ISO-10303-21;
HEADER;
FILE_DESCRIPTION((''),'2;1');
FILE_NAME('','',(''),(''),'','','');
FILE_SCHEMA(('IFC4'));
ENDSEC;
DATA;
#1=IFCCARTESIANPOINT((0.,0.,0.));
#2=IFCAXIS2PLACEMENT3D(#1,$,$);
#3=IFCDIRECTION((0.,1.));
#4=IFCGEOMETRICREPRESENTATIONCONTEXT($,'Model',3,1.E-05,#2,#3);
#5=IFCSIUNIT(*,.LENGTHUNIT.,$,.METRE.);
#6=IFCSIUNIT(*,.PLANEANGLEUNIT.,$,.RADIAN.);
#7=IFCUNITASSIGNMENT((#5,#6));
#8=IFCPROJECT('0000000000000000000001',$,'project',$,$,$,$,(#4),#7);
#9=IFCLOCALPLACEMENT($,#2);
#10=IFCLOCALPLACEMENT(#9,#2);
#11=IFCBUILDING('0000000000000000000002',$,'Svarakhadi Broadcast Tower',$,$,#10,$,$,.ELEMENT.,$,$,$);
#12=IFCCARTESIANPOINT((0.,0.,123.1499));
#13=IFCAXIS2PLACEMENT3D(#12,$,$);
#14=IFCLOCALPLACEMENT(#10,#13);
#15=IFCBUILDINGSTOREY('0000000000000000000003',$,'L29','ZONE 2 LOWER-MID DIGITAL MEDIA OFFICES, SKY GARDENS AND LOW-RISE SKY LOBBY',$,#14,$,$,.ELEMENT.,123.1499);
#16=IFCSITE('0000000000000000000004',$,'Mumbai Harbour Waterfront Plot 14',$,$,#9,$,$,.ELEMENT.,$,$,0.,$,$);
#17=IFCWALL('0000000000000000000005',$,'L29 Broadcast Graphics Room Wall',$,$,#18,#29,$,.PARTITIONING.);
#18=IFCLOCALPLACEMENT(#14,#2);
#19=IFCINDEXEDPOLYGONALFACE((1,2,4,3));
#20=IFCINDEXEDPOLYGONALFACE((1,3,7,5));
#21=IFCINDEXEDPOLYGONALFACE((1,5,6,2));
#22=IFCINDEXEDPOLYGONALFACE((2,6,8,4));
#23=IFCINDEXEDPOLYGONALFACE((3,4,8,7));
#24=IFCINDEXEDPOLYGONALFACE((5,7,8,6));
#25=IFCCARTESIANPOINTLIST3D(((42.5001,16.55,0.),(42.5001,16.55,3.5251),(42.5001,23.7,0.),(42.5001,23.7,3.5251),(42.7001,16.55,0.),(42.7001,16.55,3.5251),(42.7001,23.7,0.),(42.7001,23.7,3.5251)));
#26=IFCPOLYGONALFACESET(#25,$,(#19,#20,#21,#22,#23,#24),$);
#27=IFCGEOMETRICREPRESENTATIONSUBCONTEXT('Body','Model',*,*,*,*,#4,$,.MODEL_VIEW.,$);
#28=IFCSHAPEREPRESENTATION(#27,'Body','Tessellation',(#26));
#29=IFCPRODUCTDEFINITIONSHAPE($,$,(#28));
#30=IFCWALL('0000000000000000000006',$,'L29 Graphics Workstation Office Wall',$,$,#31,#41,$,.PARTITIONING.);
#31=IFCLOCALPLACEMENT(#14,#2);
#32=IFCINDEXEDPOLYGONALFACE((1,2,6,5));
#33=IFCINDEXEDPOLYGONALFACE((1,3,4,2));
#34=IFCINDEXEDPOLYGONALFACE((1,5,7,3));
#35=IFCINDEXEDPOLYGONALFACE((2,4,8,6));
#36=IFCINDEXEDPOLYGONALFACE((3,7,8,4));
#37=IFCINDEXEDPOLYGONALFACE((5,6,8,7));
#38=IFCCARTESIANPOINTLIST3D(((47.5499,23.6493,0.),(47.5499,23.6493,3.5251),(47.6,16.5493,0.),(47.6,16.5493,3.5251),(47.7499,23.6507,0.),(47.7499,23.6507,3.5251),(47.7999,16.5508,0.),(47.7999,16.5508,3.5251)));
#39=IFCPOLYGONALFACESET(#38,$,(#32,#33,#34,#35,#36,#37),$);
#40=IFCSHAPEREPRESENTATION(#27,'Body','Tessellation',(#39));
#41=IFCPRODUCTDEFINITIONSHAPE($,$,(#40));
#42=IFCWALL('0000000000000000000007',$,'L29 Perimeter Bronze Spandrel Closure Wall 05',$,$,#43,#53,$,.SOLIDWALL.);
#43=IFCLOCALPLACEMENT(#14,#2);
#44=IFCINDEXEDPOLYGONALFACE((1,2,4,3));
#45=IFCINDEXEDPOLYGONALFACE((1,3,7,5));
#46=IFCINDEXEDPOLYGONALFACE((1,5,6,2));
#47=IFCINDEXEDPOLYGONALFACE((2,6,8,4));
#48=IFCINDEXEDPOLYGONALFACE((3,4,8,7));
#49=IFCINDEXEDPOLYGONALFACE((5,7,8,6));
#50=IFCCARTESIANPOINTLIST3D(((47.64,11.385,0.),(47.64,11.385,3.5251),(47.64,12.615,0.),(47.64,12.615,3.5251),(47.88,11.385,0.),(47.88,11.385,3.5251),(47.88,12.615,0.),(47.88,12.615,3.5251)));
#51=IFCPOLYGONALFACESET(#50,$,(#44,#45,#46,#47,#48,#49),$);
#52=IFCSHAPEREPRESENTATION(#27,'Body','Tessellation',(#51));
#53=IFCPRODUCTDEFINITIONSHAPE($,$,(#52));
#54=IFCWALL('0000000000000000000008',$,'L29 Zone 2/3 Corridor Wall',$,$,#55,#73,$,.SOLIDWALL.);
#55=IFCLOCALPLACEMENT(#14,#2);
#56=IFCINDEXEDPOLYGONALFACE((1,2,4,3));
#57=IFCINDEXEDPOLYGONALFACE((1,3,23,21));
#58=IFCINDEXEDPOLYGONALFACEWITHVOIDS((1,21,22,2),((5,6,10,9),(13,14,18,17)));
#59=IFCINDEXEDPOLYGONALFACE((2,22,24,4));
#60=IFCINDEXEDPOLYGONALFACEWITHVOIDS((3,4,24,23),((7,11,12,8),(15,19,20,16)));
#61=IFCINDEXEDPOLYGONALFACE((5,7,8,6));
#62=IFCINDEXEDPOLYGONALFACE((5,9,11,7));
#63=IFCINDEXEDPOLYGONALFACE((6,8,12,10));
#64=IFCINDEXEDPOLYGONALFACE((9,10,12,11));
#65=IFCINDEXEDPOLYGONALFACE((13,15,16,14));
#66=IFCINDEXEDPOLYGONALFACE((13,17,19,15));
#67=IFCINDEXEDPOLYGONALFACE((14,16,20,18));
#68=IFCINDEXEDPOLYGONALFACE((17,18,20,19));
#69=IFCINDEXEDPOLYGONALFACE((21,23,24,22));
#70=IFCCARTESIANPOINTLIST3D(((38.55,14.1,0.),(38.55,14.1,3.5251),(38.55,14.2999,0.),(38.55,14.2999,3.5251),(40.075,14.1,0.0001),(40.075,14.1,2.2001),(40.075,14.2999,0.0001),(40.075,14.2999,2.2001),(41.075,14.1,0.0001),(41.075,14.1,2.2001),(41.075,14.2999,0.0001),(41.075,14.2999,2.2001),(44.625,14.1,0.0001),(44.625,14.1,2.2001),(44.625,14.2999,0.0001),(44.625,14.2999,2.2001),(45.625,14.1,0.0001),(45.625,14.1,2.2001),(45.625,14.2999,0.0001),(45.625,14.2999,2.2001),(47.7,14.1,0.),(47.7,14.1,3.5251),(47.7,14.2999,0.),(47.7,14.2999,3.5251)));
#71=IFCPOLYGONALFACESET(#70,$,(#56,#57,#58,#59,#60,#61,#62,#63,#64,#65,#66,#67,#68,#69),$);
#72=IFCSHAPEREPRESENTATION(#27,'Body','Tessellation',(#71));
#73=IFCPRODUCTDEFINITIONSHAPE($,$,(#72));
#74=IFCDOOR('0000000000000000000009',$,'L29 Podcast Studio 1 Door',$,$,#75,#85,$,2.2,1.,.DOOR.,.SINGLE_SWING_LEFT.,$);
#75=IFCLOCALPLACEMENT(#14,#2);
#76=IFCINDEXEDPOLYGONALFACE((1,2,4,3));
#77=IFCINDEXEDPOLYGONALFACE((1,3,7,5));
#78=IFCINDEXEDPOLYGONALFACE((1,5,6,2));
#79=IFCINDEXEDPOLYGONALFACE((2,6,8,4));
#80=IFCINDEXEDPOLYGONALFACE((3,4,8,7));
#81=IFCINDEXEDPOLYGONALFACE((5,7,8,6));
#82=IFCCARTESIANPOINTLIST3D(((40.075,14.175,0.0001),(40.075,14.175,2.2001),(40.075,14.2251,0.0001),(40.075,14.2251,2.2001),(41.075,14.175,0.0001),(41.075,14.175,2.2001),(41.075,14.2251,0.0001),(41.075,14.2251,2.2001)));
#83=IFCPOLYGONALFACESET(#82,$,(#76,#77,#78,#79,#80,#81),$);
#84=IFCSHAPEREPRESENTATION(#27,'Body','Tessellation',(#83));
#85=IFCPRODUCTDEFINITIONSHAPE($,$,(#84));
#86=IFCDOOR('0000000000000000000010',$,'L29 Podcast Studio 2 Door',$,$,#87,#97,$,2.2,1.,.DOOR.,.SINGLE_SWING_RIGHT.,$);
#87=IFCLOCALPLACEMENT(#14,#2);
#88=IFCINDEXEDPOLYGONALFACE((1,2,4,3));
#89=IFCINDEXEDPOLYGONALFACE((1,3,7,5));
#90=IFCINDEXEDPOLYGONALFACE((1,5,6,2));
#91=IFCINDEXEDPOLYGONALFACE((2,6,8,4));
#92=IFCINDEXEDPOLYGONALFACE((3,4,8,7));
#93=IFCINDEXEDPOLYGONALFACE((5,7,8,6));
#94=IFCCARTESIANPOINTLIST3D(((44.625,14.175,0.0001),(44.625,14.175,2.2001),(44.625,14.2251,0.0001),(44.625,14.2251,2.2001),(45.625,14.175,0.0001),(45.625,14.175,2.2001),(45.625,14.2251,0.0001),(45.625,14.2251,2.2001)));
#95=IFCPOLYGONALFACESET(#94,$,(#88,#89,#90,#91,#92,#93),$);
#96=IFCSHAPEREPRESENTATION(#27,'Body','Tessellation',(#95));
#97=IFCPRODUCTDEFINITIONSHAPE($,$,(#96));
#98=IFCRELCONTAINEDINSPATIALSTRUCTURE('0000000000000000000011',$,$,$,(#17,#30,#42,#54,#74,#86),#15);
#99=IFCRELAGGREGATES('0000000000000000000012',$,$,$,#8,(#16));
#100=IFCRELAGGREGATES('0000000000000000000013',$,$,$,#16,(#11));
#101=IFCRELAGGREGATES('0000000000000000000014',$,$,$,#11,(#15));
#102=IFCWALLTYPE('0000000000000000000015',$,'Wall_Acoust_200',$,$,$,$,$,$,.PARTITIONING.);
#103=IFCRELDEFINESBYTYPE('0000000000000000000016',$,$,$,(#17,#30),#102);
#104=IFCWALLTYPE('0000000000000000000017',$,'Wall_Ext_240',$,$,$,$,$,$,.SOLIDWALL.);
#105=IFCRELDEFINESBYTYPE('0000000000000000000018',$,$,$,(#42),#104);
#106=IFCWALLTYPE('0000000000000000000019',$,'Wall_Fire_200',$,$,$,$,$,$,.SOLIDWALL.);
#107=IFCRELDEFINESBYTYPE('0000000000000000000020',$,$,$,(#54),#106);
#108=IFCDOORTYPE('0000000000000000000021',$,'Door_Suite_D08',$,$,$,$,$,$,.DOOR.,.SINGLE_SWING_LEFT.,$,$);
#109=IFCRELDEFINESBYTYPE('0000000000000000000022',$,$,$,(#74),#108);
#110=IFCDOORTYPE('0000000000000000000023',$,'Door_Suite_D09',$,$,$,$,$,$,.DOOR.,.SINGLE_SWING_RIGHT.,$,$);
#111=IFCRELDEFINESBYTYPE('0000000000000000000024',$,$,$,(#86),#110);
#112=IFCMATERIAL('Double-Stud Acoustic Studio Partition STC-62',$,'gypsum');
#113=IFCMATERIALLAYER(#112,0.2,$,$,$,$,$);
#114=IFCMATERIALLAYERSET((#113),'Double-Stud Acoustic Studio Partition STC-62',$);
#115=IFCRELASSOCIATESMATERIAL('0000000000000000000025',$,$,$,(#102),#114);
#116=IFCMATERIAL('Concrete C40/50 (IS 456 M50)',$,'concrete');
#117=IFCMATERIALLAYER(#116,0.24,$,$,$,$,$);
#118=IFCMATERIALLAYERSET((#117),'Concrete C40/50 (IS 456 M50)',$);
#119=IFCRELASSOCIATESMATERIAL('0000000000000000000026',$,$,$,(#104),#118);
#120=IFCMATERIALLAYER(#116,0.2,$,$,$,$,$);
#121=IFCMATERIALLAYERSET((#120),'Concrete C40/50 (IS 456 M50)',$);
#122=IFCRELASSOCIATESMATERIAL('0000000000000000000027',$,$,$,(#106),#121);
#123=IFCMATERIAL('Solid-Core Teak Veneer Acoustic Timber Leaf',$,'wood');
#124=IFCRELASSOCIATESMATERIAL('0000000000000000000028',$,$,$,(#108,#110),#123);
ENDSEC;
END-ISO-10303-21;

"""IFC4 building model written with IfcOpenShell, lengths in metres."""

from ifc_helpers import new_model, si_unit, direction, frame, frame_2d, origin, place, context, subcontext, project, spatial, rectangle, extrude, material, layer, layer_set, type_object, element, fill, save


model = new_model("IFC4")

# Units and contexts
model_context = context("Model", 3, precision=1e-05, world=origin(), true_north=direction((0.0, 1.0)))
body_context = subcontext(model_context, "Body", "Model", "MODEL_VIEW")
ifc_project = project(units=[si_unit("LENGTHUNIT", "METRE"), si_unit("PLANEANGLEUNIT", "RADIAN")], contexts=[model_context])

# Site, building, storey
site_placement = place(None, origin())
site = spatial("IfcSite", under=ifc_project, at=site_placement, Name="Mumbai Harbour Waterfront Plot 14", CompositionType="ELEMENT", RefElevation=0.0)
building_placement = place(site_placement, origin())
building = spatial("IfcBuilding", under=site, at=building_placement, Name="Svarakhadi Broadcast Tower", CompositionType="ELEMENT")
storey_placement = place(building_placement, frame((0.0, 0.0, 123.1499)))
storey = spatial("IfcBuildingStorey", under=building, at=storey_placement, Name="L29", Description="ZONE 2 LOWER-MID DIGITAL MEDIA OFFICES, SKY GARDENS AND LOW-RISE SKY LOBBY", CompositionType="ELEMENT", Elevation=123.1499)

# Walls
ifc_material_1 = material(Name="Double-Stud Acoustic Studio Partition STC-62", Category="gypsum")
ifc_layer_1 = layer(ifc_material_1, 0.2)
ifc_layer_set_1 = layer_set([ifc_layer_1], Name="Double-Stud Acoustic Studio Partition STC-62")
wall_type_1 = type_object("IfcWallType", Name="Wall_Acoust_200", PredefinedType="PARTITIONING", material=ifc_layer_set_1)
wall_1_placement = place(storey_placement, frame((42.6001, 16.55, 0.0), z_axis=(0.0, 0.0, 1.0), x_axis=(0.0, 1.0, 0.0)))
element("IfcWall", 1, at=wall_1_placement, inside=storey, type_object=wall_type_1, Name="L29 Broadcast Graphics Room Wall", PredefinedType="PARTITIONING", context=body_context, shape_type="SweptSolid", body=[
    extrude(rectangle(XDim=7.1499, YDim=0.2, at=frame_2d((3.575, 0.0))), origin(), (0.0, 0.0, 1.0), 3.5251),
])
wall_2_placement = place(storey_placement, frame((47.7, 16.55, 0.0), z_axis=(0.0, 0.0, 1.0), x_axis=(-0.007049, 0.999975, 0.0)))
element("IfcWall", 2, at=wall_2_placement, inside=storey, type_object=wall_type_1, Name="L29 Graphics Workstation Office Wall", PredefinedType="PARTITIONING", context=body_context, shape_type="SweptSolid", body=[
    extrude(rectangle(XDim=7.1001, YDim=0.2, at=frame_2d((3.55, 0.0))), origin(), (0.0, 0.0, 1.0), 3.5251),
])
ifc_material_2 = material(Name="Concrete C40/50 (IS 456 M50)", Category="concrete")
ifc_layer_2 = layer(ifc_material_2, 0.24)
ifc_layer_set_2 = layer_set([ifc_layer_2], Name="Concrete C40/50 (IS 456 M50)")
wall_type_2 = type_object("IfcWallType", Name="Wall_Ext_240", PredefinedType="SOLIDWALL", material=ifc_layer_set_2)
wall_3_placement = place(storey_placement, frame((47.76, 12.615, 0.0), z_axis=(0.0, 0.0, 1.0), x_axis=(0.0, -1.0, 0.0)))
element("IfcWall", 3, at=wall_3_placement, inside=storey, type_object=wall_type_2, Name="L29 Perimeter Bronze Spandrel Closure Wall 05", PredefinedType="SOLIDWALL", context=body_context, shape_type="SweptSolid", body=[
    extrude(rectangle(XDim=1.23, YDim=0.24, at=frame_2d((0.615, 0.0))), origin(), (0.0, 0.0, 1.0), 3.5251),
])

# Wall, openings, doors
ifc_layer_3 = layer(ifc_material_2, 0.2)
ifc_layer_set_3 = layer_set([ifc_layer_3], Name="Concrete C40/50 (IS 456 M50)")
wall_type_3 = type_object("IfcWallType", Name="Wall_Fire_200", PredefinedType="SOLIDWALL", material=ifc_layer_set_3)
wall_4_placement = place(storey_placement, frame((47.7, 14.2, 0.0), z_axis=(0.0, 0.0, 1.0), x_axis=(-1.0, 0.0, 0.0)))
wall_4 = element("IfcWall", 4, at=wall_4_placement, inside=storey, type_object=wall_type_3, Name="L29 Zone 2/3 Corridor Wall", PredefinedType="SOLIDWALL", context=body_context, shape_type="SweptSolid", body=[
    extrude(rectangle(XDim=9.1499, YDim=0.2, at=frame_2d((4.575, 0.0))), origin(), (0.0, 0.0, 1.0), 3.5251),
])
opening_1_placement = place(wall_4_placement, frame((6.625, 0.0, 0.0)))
opening_1 = element("IfcOpeningElement", 5, at=opening_1_placement, cuts=wall_4, PredefinedType="OPENING", context=body_context, shape_type="SweptSolid", body=[
    extrude(rectangle(XDim=1.0, YDim=2.2, at=frame_2d((0.5, 1.1001))), frame((0.0, 0.1099, 0.0), z_axis=(0.0, -1.0, 0.0), x_axis=(1.0, 0.0, 0.0)), (0.0, 0.0, 1.0), 0.22),
])
opening_2_placement = place(wall_4_placement, frame((2.075, 0.0, 0.0)))
opening_2 = element("IfcOpeningElement", 6, at=opening_2_placement, cuts=wall_4, PredefinedType="OPENING", context=body_context, shape_type="SweptSolid", body=[
    extrude(rectangle(XDim=1.0, YDim=2.2, at=frame_2d((0.5, 1.1001))), frame((0.0, 0.1099, 0.0), z_axis=(0.0, -1.0, 0.0), x_axis=(1.0, 0.0, 0.0)), (0.0, 0.0, 1.0), 0.22),
])
ifc_material_3 = material(Name="Solid-Core Teak Veneer Acoustic Timber Leaf", Category="wood")
door_type_1 = type_object("IfcDoorType", Name="Door_Suite_D08", OperationType="SINGLE_SWING_LEFT", PredefinedType="DOOR", material=ifc_material_3)
door_1_placement = place(opening_1_placement, origin())
door_1 = element("IfcDoor", 7, at=door_1_placement, inside=storey, type_object=door_type_1, Name="L29 Podcast Studio 1 Door", OperationType="SINGLE_SWING_LEFT", OverallHeight=2.2, OverallWidth=1.0, PredefinedType="DOOR", context=body_context, shape_type="SweptSolid", body=[
    extrude(rectangle(XDim=1.0, YDim=2.2, at=frame_2d((0.5, 1.1001))), frame((0.0, 0.0249, 0.0), z_axis=(0.0, -1.0, 0.0), x_axis=(1.0, 0.0, 0.0)), (0.0, 0.0, 1.0), 0.05),
])
fill(opening_1, door_1)
door_type_2 = type_object("IfcDoorType", Name="Door_Suite_D09", OperationType="SINGLE_SWING_RIGHT", PredefinedType="DOOR", material=ifc_material_3)
door_2_placement = place(opening_2_placement, origin())
door_2 = element("IfcDoor", 8, at=door_2_placement, inside=storey, type_object=door_type_2, Name="L29 Podcast Studio 2 Door", OperationType="SINGLE_SWING_RIGHT", OverallHeight=2.2, OverallWidth=1.0, PredefinedType="DOOR", context=body_context, shape_type="SweptSolid", body=[
    extrude(rectangle(XDim=1.0, YDim=2.2, at=frame_2d((0.5, 1.1001))), frame((0.0, 0.0249, 0.0), z_axis=(0.0, -1.0, 0.0), x_axis=(1.0, 0.0, 0.0)), (0.0, 0.0, 1.0), 0.05),
])
fill(opening_2, door_2)

save(model, "model.ifc")
